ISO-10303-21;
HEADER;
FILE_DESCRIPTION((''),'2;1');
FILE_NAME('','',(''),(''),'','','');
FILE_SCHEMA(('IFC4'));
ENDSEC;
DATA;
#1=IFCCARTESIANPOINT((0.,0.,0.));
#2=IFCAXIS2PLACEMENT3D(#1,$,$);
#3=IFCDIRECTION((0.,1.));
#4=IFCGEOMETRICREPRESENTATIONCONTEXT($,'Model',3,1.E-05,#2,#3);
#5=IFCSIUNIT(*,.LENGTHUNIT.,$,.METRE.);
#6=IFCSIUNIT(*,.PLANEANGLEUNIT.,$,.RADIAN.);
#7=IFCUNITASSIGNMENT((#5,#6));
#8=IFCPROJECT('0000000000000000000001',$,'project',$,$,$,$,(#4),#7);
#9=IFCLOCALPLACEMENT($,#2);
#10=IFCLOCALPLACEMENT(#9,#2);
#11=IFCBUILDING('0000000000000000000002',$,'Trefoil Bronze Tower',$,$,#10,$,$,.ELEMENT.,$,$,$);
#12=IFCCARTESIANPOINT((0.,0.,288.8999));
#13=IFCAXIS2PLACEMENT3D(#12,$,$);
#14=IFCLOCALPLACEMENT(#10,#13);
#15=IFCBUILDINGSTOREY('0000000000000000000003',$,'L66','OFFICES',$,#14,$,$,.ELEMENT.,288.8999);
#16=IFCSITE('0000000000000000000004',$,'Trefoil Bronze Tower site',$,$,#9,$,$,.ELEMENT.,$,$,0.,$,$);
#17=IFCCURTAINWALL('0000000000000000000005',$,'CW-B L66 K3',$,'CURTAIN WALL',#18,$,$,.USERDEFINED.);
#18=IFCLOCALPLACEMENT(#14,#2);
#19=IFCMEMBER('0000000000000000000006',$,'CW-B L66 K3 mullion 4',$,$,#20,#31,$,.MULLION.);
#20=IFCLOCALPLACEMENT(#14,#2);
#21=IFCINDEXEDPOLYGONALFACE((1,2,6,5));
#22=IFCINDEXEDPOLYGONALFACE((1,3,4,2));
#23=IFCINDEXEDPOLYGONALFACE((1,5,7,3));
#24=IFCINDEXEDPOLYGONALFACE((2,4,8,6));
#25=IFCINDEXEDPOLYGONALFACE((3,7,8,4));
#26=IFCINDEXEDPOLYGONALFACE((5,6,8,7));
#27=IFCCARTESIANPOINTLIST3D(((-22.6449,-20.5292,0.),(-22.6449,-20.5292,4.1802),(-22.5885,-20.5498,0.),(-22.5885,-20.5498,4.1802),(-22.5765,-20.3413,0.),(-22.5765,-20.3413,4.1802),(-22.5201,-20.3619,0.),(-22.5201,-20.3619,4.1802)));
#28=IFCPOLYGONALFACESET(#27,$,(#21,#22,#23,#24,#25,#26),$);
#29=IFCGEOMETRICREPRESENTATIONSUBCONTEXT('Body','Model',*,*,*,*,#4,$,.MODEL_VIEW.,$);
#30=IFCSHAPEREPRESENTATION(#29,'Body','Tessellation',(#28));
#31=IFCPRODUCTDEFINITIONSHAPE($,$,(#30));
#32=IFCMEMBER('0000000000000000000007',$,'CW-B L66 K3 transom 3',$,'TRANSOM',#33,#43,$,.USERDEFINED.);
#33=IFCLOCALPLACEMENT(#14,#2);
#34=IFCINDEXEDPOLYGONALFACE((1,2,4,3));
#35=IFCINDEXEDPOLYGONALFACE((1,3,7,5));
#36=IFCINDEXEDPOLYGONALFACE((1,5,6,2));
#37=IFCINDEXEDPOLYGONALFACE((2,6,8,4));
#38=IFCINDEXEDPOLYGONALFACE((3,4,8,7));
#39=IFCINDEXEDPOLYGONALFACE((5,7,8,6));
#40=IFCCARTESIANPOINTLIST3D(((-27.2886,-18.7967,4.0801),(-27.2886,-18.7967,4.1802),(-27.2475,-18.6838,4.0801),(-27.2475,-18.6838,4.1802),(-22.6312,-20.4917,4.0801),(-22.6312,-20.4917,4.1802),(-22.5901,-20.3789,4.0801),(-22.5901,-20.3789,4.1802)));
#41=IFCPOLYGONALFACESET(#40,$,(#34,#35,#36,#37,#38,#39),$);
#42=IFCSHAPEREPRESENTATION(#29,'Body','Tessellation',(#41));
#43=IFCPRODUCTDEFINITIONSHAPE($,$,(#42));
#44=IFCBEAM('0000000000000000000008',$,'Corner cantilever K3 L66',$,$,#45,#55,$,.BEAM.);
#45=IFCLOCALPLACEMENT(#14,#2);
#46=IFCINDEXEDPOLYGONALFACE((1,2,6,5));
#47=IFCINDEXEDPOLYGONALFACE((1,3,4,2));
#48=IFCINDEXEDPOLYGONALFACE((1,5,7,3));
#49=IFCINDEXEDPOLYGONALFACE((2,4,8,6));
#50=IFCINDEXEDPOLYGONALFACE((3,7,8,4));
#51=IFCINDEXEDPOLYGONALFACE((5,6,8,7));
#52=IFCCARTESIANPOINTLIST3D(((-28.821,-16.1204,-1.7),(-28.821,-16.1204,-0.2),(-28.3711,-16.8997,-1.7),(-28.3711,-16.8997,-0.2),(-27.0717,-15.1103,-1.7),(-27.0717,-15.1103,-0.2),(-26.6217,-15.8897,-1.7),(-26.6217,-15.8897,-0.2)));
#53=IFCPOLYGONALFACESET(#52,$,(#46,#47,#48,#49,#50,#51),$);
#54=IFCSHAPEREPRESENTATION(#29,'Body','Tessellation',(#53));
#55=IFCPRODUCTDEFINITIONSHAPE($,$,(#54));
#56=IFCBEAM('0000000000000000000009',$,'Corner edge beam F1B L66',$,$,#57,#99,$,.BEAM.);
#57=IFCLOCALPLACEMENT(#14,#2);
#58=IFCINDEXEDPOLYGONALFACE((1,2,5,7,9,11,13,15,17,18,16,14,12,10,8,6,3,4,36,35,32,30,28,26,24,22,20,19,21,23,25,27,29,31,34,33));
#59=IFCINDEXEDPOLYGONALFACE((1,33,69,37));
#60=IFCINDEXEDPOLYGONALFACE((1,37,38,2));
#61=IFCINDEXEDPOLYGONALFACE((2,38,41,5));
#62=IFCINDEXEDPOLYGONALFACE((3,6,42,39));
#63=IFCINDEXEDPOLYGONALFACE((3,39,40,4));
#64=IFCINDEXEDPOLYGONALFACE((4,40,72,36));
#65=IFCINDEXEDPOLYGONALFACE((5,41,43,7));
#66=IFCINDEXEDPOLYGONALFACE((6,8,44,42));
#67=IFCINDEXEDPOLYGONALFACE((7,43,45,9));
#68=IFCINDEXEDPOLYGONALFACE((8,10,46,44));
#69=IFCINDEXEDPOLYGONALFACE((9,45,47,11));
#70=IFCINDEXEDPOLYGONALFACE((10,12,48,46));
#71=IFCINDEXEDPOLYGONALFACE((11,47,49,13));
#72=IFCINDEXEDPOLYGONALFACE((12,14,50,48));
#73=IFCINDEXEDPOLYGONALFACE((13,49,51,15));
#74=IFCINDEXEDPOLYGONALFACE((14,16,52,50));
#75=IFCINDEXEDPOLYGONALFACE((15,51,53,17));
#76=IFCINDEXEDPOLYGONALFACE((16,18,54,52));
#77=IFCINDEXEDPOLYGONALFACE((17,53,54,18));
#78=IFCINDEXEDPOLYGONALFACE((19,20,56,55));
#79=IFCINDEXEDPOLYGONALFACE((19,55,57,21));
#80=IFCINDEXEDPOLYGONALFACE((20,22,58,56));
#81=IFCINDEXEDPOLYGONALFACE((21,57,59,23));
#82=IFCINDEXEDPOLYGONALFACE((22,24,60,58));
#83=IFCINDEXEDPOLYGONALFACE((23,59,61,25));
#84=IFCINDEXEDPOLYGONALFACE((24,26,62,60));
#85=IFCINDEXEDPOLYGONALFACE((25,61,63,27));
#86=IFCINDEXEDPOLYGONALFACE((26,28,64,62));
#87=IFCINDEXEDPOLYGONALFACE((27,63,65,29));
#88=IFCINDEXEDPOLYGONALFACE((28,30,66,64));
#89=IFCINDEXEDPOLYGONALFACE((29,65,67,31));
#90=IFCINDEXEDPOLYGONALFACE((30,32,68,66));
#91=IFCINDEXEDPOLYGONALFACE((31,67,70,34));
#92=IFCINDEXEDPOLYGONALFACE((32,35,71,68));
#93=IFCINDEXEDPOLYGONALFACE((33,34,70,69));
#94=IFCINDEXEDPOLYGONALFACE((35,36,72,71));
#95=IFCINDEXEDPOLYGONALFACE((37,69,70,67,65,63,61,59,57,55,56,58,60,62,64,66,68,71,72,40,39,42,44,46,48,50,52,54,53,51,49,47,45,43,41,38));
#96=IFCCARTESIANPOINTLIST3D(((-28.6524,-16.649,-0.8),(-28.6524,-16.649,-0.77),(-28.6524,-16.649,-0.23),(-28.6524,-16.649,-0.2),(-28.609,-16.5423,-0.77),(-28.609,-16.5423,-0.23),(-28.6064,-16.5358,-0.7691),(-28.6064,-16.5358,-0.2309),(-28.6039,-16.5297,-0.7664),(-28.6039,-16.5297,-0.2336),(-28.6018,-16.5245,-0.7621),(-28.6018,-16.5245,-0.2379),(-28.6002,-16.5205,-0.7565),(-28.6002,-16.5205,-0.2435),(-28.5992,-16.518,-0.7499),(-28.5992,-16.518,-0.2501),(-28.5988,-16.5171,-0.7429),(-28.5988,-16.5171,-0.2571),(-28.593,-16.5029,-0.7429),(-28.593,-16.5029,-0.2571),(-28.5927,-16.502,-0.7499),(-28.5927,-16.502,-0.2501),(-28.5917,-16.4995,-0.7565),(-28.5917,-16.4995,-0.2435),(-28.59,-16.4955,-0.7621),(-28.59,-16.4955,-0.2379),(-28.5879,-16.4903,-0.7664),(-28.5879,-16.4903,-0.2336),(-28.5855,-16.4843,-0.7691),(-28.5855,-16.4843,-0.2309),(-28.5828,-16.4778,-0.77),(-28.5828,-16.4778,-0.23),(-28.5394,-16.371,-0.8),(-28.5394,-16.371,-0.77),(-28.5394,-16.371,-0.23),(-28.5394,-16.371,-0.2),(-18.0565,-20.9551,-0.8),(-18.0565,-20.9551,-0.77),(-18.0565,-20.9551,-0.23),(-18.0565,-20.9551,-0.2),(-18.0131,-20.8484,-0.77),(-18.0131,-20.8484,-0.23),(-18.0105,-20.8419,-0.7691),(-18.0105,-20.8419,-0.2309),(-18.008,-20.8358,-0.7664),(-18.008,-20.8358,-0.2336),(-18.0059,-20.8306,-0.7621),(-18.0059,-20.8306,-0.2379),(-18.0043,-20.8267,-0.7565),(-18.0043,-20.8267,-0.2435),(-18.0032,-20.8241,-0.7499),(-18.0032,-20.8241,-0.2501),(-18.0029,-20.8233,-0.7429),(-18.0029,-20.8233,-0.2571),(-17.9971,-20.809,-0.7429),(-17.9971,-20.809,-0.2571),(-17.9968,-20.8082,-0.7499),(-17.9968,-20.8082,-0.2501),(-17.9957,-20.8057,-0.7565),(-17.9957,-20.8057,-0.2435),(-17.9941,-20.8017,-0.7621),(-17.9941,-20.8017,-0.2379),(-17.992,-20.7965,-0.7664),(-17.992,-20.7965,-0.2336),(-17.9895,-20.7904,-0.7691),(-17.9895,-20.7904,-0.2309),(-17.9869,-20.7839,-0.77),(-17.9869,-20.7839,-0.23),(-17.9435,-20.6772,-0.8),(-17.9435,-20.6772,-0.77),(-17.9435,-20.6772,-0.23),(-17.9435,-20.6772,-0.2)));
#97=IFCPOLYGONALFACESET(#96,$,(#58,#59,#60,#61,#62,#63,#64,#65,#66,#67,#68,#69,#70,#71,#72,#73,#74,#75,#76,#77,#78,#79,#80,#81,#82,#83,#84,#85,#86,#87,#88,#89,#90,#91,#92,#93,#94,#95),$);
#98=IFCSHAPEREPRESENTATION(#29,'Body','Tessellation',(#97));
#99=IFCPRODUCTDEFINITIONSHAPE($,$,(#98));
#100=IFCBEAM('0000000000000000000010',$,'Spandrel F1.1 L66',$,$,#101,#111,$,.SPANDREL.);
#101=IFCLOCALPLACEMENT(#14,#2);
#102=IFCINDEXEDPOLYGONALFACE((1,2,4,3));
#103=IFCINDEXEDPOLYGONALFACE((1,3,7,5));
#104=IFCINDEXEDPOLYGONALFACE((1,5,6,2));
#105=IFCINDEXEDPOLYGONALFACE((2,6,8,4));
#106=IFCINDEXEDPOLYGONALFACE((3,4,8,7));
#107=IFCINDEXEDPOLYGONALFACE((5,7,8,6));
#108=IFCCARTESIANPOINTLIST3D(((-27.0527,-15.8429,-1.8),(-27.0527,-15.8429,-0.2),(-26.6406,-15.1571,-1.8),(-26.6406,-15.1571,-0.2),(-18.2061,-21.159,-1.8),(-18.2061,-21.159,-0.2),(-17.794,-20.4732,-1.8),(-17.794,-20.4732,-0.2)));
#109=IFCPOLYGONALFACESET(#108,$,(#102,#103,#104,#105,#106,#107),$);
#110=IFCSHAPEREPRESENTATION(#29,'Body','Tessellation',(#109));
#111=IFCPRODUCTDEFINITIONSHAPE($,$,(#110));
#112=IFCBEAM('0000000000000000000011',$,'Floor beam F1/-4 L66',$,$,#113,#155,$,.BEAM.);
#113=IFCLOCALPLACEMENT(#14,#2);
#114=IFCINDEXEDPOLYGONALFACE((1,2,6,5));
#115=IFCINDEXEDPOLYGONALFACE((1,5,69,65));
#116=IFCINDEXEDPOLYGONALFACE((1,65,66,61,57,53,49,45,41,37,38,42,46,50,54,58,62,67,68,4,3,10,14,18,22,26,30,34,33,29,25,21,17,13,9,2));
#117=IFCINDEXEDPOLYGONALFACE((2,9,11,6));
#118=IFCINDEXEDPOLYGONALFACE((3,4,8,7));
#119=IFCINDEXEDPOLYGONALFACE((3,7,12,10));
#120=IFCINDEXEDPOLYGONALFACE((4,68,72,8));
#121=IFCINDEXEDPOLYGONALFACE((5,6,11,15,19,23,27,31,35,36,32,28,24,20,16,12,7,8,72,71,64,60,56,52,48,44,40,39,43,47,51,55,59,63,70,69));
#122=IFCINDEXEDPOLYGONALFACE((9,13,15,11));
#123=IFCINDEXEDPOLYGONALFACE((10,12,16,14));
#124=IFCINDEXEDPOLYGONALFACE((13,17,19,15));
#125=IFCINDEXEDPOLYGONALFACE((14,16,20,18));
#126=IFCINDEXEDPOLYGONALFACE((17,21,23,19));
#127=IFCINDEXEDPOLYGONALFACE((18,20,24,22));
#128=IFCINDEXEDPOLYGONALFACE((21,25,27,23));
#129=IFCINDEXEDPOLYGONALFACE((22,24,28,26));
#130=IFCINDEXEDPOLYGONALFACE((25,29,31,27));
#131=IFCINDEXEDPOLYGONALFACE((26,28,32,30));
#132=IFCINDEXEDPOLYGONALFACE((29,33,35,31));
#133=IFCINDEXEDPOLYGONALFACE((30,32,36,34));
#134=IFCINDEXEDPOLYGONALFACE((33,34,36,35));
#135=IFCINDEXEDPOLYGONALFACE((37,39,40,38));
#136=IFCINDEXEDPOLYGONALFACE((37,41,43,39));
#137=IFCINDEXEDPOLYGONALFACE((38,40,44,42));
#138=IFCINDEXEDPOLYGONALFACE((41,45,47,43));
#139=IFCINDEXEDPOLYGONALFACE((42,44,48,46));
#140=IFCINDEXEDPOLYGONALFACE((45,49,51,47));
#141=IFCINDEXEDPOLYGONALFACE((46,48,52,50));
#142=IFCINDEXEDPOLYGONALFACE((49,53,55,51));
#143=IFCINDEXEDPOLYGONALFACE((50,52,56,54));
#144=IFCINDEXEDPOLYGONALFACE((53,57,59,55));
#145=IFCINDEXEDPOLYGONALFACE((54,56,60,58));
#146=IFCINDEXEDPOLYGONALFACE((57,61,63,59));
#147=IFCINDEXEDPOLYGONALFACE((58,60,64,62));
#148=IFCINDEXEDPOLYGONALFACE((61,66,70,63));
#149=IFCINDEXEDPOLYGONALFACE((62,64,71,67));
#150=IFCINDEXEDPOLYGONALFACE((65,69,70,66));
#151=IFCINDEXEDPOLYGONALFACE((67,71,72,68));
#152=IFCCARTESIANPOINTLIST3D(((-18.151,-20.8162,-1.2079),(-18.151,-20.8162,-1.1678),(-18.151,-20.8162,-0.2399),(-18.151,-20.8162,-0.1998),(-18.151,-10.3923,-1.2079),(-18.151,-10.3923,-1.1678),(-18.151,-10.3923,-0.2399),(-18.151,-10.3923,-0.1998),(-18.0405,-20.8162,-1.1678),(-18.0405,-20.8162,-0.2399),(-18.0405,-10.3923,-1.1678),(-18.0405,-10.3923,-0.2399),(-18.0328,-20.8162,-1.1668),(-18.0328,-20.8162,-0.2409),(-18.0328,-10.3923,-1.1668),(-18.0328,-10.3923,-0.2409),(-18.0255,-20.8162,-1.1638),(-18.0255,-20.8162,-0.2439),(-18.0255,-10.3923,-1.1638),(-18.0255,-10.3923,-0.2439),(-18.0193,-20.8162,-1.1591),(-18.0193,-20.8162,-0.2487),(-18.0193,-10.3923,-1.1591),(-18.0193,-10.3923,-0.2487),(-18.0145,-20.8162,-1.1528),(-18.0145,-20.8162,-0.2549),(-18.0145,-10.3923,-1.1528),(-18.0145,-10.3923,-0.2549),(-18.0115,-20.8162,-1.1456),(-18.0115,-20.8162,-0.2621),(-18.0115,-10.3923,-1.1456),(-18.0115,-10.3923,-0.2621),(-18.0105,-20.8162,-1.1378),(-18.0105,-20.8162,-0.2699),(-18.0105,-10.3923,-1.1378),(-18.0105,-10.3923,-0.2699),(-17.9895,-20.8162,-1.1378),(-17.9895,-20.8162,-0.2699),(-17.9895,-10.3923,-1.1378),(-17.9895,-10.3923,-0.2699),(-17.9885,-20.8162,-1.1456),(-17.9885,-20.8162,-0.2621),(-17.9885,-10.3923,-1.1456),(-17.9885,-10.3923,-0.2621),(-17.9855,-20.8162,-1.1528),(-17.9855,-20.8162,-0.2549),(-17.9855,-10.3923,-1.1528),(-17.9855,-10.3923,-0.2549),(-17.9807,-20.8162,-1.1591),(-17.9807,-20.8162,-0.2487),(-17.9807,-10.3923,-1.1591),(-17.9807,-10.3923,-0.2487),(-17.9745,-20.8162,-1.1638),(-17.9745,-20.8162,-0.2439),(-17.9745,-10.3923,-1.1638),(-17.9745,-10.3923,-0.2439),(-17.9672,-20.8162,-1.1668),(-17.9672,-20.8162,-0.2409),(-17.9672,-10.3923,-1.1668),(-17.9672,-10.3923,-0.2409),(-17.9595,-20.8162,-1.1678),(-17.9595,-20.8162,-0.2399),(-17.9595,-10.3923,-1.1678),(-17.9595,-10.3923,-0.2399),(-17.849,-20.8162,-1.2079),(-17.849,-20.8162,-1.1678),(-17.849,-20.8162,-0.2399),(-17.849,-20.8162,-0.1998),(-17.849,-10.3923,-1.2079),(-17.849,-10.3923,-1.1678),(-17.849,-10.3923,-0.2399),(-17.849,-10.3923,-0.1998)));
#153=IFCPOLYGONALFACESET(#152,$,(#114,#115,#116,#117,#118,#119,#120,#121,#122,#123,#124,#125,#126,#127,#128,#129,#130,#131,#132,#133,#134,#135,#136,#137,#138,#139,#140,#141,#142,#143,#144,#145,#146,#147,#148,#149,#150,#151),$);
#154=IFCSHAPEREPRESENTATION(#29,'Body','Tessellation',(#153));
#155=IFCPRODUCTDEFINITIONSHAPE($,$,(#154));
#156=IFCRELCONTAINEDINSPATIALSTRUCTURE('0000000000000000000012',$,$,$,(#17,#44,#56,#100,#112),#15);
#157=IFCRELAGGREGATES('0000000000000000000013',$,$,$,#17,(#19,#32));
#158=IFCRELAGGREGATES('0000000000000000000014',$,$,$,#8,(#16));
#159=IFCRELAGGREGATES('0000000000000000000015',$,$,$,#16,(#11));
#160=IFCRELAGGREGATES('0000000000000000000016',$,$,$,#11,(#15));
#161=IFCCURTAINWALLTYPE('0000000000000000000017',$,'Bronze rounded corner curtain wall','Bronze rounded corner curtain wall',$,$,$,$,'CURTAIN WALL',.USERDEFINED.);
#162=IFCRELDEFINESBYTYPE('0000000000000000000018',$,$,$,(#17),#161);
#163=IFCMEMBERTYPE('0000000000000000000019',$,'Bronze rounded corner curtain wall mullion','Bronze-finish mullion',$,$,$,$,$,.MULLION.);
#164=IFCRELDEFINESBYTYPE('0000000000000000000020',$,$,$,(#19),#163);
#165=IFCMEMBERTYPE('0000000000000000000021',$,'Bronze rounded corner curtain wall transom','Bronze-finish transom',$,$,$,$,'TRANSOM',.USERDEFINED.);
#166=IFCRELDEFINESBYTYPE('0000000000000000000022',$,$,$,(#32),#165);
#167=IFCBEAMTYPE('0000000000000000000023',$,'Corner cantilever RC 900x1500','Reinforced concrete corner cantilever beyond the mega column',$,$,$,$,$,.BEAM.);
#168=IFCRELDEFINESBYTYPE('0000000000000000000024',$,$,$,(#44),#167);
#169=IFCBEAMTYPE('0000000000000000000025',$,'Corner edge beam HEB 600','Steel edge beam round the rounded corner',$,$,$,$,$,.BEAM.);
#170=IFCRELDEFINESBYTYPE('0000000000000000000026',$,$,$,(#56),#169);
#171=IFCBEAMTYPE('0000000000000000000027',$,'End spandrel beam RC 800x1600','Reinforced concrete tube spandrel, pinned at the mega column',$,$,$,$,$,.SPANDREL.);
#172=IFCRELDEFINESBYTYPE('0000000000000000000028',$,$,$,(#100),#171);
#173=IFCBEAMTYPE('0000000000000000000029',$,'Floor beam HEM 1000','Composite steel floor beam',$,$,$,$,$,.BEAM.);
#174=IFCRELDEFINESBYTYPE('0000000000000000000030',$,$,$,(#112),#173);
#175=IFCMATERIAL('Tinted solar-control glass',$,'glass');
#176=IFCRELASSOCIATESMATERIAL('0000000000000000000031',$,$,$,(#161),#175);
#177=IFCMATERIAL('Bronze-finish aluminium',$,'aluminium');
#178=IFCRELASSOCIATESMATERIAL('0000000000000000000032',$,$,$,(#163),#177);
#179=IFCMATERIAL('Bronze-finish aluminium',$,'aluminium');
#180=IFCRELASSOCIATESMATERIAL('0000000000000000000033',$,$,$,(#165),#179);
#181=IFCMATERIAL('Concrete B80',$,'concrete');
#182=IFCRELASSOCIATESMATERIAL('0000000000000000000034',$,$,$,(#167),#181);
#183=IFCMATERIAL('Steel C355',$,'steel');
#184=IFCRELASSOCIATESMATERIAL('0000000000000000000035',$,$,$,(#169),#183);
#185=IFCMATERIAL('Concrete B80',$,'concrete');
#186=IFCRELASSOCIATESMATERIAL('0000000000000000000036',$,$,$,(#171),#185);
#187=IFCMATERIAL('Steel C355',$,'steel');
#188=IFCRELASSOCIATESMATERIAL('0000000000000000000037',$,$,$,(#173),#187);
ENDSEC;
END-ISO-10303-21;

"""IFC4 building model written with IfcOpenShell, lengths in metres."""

from ifc_helpers import new_model, si_unit, direction, frame, origin, origin_2d, place, context, subcontext, project, spatial, rectangle, i_section, extrude, material, material_profile, profile_set, type_object, element, aggregate, save


model = new_model("IFC4")

# Units and contexts
model_context = context("Model", 3, precision=1e-05, world=origin(), true_north=direction((0.0, 1.0)))
body_context = subcontext(model_context, "Body", "Model", "MODEL_VIEW")
ifc_project = project(units=[si_unit("LENGTHUNIT", "METRE"), si_unit("PLANEANGLEUNIT", "RADIAN")], contexts=[model_context])

# Site, building, storey
site_placement = place(None, origin())
site = spatial("IfcSite", under=ifc_project, at=site_placement, Name="Trefoil Bronze Tower site", CompositionType="ELEMENT", RefElevation=0.0)
building_placement = place(site_placement, origin())
building = spatial("IfcBuilding", under=site, at=building_placement, Name="Trefoil Bronze Tower", CompositionType="ELEMENT")
storey_placement = place(building_placement, frame((0.0, 0.0, 288.8999)))
storey = spatial("IfcBuildingStorey", under=building, at=storey_placement, Name="L66", Description="OFFICES", CompositionType="ELEMENT", Elevation=288.8999)

# Curtain wall, members
ifc_material_1 = material(Name="Tinted solar-control glass", Category="glass")
curtain_wall_type_1 = type_object("IfcCurtainWallType", Name="Bronze rounded corner curtain wall", Description="Bronze rounded corner curtain wall", ElementType="CURTAIN WALL", PredefinedType="USERDEFINED", material=ifc_material_1)
curtain_wall_1_placement = place(storey_placement, origin())
curtain_wall_1 = element("IfcCurtainWall", 1, at=curtain_wall_1_placement, inside=storey, type_object=curtain_wall_type_1, Name="CW-B L66 K3", ObjectType="CURTAIN WALL", PredefinedType="USERDEFINED")
ifc_material_2 = material(Name="Bronze-finish aluminium", Category="aluminium")
ifc_material_profile_1 = material_profile(ifc_material_2, rectangle(XDim=0.2, YDim=0.0601, at=origin_2d()), Name="CW-B mullion")
ifc_profile_set_1 = profile_set([ifc_material_profile_1], Name="Bronze-finish aluminium")
member_type_1 = type_object("IfcMemberType", Name="Bronze rounded corner curtain wall mullion", Description="Bronze-finish mullion", PredefinedType="MULLION", material=ifc_profile_set_1)
member_1_placement = place(storey_placement, frame((-22.5825, -20.4456, 0.0), z_axis=(0.0, 0.0, 1.0), x_axis=(0.34202, 0.939693, 0.0)))
member_1 = element("IfcMember", 2, at=member_1_placement, type_object=member_type_1, Name="CW-B L66 K3 mullion 4", PredefinedType="MULLION", context=body_context, shape_type="SweptSolid", body=[
    extrude(rectangle(XDim=0.2, YDim=0.0601, at=origin_2d()), origin(), (0.0, 0.0, 1.0), 4.1802),
])
ifc_material_3 = material(Name="Bronze-finish aluminium", Category="aluminium")
ifc_material_profile_2 = material_profile(ifc_material_3, rectangle(XDim=0.1201, YDim=0.1001, at=origin_2d()), Name="CW-B transom")
ifc_profile_set_2 = profile_set([ifc_material_profile_2], Name="Bronze-finish aluminium")
member_type_2 = type_object("IfcMemberType", Name="Bronze rounded corner curtain wall transom", Description="Bronze-finish transom", ElementType="TRANSOM", PredefinedType="USERDEFINED", material=ifc_profile_set_2)
member_2_placement = place(storey_placement, frame((-27.2681, -18.7402, 4.1301), z_axis=(0.9397, -0.342, 0.0), x_axis=(0.342, 0.9397, 0.0)))
member_2 = element("IfcMember", 3, at=member_2_placement, type_object=member_type_2, Name="CW-B L66 K3 transom 3", ObjectType="TRANSOM", PredefinedType="USERDEFINED", context=body_context, shape_type="SweptSolid", body=[
    extrude(rectangle(XDim=0.1201, YDim=0.1001, at=origin_2d()), origin(), (0.0, 0.0, 1.0), 4.9563),
])

# Beams
ifc_material_4 = material(Name="Concrete B80", Category="concrete")
ifc_material_profile_3 = material_profile(ifc_material_4, rectangle(XDim=0.8999, YDim=1.5, at=origin_2d()), Name="RC 900x1500")
ifc_profile_set_3 = profile_set([ifc_material_profile_3], Name="Concrete B80")
beam_type_1 = type_object("IfcBeamType", Name="Corner cantilever RC 900x1500", Description="Reinforced concrete corner cantilever beyond the mega column", PredefinedType="BEAM", material=ifc_profile_set_3)
beam_1_placement = place(storey_placement, frame((-26.8467, -15.5, -0.95), z_axis=(-0.86601, -0.500026, 0.0), x_axis=(0.500026, -0.86601, 0.0)))
element("IfcBeam", 4, at=beam_1_placement, inside=storey, type_object=beam_type_1, Name="Corner cantilever K3 L66", PredefinedType="BEAM", context=body_context, shape_type="SweptSolid", body=[
    extrude(rectangle(XDim=0.8999, YDim=1.5, at=origin_2d()), origin(), (0.0, 0.0, 1.0), 2.02),
])
ifc_material_5 = material(Name="Steel C355", Category="steel")
ifc_material_profile_4 = material_profile(ifc_material_5, i_section(OverallWidth=0.3, OverallDepth=0.6001, WebThickness=0.0154, FlangeThickness=0.03, FilletRadius=0.0271, at=origin_2d()), Name="HEB 600")
ifc_profile_set_4 = profile_set([ifc_material_profile_4], Name="Steel C355")
beam_type_2 = type_object("IfcBeamType", Name="Corner edge beam HEB 600", Description="Steel edge beam round the rounded corner", PredefinedType="BEAM", material=ifc_profile_set_4)
beam_2_placement = place(storey_placement, frame((-18.0, -20.8162, -0.5), z_axis=(-0.926419, 0.376493, 0.0), x_axis=(-0.376493, -0.926419, 0.0)))
element("IfcBeam", 5, at=beam_2_placement, inside=storey, type_object=beam_type_2, Name="Corner edge beam F1B L66", PredefinedType="BEAM", context=body_context, shape_type="SweptSolid", body=[
    extrude(i_section(OverallWidth=0.3, OverallDepth=0.6001, WebThickness=0.0154, FlangeThickness=0.03, FilletRadius=0.0271, at=origin_2d()), origin(), (0.0, 0.0, 1.0), 11.4375),
])
ifc_material_6 = material(Name="Concrete B80", Category="concrete")
ifc_material_profile_5 = material_profile(ifc_material_6, rectangle(XDim=0.8, YDim=1.6001, at=origin_2d()), Name="RC 800x1600")
ifc_profile_set_5 = profile_set([ifc_material_profile_5], Name="Concrete B80")
beam_type_3 = type_object("IfcBeamType", Name="End spandrel beam RC 800x1600", Description="Reinforced concrete tube spandrel, pinned at the mega column", PredefinedType="SPANDREL", material=ifc_profile_set_5)
beam_3_placement = place(storey_placement, frame((-26.8467, -15.5, -1.0), z_axis=(0.857144, -0.515077, 0.0), x_axis=(0.515077, 0.857144, 0.0)))
element("IfcBeam", 6, at=beam_3_placement, inside=storey, type_object=beam_type_3, Name="Spandrel F1.1 L66", PredefinedType="SPANDREL", context=body_context, shape_type="SweptSolid", body=[
    extrude(rectangle(XDim=0.8, YDim=1.6001, at=origin_2d()), origin(), (0.0, 0.0, 1.0), 10.321),
])
ifc_material_7 = material(Name="Steel C355", Category="steel")
ifc_material_profile_6 = material_profile(ifc_material_7, i_section(OverallWidth=0.302, OverallDepth=1.0081, WebThickness=0.021, FlangeThickness=0.04, FilletRadius=0.03, at=origin_2d()), Name="HEM 1000")
ifc_profile_set_6 = profile_set([ifc_material_profile_6], Name="Steel C355")
beam_type_4 = type_object("IfcBeamType", Name="Floor beam HEM 1000", Description="Composite steel floor beam", PredefinedType="BEAM", material=ifc_profile_set_6)
beam_4_placement = place(storey_placement, frame((-18.0, -20.8162, -0.7039), z_axis=(0.0, 1.0, 0.0), x_axis=(-1.0, 0.0, 0.0)))
element("IfcBeam", 7, at=beam_4_placement, inside=storey, type_object=beam_type_4, Name="Floor beam F1/-4 L66", PredefinedType="BEAM", context=body_context, shape_type="SweptSolid", body=[
    extrude(i_section(OverallWidth=0.302, OverallDepth=1.0081, WebThickness=0.021, FlangeThickness=0.04, FilletRadius=0.03, at=origin_2d()), origin(), (0.0, 0.0, 1.0), 10.4238),
])

aggregate(curtain_wall_1, [member_1, member_2])

save(model, "model.ifc")
